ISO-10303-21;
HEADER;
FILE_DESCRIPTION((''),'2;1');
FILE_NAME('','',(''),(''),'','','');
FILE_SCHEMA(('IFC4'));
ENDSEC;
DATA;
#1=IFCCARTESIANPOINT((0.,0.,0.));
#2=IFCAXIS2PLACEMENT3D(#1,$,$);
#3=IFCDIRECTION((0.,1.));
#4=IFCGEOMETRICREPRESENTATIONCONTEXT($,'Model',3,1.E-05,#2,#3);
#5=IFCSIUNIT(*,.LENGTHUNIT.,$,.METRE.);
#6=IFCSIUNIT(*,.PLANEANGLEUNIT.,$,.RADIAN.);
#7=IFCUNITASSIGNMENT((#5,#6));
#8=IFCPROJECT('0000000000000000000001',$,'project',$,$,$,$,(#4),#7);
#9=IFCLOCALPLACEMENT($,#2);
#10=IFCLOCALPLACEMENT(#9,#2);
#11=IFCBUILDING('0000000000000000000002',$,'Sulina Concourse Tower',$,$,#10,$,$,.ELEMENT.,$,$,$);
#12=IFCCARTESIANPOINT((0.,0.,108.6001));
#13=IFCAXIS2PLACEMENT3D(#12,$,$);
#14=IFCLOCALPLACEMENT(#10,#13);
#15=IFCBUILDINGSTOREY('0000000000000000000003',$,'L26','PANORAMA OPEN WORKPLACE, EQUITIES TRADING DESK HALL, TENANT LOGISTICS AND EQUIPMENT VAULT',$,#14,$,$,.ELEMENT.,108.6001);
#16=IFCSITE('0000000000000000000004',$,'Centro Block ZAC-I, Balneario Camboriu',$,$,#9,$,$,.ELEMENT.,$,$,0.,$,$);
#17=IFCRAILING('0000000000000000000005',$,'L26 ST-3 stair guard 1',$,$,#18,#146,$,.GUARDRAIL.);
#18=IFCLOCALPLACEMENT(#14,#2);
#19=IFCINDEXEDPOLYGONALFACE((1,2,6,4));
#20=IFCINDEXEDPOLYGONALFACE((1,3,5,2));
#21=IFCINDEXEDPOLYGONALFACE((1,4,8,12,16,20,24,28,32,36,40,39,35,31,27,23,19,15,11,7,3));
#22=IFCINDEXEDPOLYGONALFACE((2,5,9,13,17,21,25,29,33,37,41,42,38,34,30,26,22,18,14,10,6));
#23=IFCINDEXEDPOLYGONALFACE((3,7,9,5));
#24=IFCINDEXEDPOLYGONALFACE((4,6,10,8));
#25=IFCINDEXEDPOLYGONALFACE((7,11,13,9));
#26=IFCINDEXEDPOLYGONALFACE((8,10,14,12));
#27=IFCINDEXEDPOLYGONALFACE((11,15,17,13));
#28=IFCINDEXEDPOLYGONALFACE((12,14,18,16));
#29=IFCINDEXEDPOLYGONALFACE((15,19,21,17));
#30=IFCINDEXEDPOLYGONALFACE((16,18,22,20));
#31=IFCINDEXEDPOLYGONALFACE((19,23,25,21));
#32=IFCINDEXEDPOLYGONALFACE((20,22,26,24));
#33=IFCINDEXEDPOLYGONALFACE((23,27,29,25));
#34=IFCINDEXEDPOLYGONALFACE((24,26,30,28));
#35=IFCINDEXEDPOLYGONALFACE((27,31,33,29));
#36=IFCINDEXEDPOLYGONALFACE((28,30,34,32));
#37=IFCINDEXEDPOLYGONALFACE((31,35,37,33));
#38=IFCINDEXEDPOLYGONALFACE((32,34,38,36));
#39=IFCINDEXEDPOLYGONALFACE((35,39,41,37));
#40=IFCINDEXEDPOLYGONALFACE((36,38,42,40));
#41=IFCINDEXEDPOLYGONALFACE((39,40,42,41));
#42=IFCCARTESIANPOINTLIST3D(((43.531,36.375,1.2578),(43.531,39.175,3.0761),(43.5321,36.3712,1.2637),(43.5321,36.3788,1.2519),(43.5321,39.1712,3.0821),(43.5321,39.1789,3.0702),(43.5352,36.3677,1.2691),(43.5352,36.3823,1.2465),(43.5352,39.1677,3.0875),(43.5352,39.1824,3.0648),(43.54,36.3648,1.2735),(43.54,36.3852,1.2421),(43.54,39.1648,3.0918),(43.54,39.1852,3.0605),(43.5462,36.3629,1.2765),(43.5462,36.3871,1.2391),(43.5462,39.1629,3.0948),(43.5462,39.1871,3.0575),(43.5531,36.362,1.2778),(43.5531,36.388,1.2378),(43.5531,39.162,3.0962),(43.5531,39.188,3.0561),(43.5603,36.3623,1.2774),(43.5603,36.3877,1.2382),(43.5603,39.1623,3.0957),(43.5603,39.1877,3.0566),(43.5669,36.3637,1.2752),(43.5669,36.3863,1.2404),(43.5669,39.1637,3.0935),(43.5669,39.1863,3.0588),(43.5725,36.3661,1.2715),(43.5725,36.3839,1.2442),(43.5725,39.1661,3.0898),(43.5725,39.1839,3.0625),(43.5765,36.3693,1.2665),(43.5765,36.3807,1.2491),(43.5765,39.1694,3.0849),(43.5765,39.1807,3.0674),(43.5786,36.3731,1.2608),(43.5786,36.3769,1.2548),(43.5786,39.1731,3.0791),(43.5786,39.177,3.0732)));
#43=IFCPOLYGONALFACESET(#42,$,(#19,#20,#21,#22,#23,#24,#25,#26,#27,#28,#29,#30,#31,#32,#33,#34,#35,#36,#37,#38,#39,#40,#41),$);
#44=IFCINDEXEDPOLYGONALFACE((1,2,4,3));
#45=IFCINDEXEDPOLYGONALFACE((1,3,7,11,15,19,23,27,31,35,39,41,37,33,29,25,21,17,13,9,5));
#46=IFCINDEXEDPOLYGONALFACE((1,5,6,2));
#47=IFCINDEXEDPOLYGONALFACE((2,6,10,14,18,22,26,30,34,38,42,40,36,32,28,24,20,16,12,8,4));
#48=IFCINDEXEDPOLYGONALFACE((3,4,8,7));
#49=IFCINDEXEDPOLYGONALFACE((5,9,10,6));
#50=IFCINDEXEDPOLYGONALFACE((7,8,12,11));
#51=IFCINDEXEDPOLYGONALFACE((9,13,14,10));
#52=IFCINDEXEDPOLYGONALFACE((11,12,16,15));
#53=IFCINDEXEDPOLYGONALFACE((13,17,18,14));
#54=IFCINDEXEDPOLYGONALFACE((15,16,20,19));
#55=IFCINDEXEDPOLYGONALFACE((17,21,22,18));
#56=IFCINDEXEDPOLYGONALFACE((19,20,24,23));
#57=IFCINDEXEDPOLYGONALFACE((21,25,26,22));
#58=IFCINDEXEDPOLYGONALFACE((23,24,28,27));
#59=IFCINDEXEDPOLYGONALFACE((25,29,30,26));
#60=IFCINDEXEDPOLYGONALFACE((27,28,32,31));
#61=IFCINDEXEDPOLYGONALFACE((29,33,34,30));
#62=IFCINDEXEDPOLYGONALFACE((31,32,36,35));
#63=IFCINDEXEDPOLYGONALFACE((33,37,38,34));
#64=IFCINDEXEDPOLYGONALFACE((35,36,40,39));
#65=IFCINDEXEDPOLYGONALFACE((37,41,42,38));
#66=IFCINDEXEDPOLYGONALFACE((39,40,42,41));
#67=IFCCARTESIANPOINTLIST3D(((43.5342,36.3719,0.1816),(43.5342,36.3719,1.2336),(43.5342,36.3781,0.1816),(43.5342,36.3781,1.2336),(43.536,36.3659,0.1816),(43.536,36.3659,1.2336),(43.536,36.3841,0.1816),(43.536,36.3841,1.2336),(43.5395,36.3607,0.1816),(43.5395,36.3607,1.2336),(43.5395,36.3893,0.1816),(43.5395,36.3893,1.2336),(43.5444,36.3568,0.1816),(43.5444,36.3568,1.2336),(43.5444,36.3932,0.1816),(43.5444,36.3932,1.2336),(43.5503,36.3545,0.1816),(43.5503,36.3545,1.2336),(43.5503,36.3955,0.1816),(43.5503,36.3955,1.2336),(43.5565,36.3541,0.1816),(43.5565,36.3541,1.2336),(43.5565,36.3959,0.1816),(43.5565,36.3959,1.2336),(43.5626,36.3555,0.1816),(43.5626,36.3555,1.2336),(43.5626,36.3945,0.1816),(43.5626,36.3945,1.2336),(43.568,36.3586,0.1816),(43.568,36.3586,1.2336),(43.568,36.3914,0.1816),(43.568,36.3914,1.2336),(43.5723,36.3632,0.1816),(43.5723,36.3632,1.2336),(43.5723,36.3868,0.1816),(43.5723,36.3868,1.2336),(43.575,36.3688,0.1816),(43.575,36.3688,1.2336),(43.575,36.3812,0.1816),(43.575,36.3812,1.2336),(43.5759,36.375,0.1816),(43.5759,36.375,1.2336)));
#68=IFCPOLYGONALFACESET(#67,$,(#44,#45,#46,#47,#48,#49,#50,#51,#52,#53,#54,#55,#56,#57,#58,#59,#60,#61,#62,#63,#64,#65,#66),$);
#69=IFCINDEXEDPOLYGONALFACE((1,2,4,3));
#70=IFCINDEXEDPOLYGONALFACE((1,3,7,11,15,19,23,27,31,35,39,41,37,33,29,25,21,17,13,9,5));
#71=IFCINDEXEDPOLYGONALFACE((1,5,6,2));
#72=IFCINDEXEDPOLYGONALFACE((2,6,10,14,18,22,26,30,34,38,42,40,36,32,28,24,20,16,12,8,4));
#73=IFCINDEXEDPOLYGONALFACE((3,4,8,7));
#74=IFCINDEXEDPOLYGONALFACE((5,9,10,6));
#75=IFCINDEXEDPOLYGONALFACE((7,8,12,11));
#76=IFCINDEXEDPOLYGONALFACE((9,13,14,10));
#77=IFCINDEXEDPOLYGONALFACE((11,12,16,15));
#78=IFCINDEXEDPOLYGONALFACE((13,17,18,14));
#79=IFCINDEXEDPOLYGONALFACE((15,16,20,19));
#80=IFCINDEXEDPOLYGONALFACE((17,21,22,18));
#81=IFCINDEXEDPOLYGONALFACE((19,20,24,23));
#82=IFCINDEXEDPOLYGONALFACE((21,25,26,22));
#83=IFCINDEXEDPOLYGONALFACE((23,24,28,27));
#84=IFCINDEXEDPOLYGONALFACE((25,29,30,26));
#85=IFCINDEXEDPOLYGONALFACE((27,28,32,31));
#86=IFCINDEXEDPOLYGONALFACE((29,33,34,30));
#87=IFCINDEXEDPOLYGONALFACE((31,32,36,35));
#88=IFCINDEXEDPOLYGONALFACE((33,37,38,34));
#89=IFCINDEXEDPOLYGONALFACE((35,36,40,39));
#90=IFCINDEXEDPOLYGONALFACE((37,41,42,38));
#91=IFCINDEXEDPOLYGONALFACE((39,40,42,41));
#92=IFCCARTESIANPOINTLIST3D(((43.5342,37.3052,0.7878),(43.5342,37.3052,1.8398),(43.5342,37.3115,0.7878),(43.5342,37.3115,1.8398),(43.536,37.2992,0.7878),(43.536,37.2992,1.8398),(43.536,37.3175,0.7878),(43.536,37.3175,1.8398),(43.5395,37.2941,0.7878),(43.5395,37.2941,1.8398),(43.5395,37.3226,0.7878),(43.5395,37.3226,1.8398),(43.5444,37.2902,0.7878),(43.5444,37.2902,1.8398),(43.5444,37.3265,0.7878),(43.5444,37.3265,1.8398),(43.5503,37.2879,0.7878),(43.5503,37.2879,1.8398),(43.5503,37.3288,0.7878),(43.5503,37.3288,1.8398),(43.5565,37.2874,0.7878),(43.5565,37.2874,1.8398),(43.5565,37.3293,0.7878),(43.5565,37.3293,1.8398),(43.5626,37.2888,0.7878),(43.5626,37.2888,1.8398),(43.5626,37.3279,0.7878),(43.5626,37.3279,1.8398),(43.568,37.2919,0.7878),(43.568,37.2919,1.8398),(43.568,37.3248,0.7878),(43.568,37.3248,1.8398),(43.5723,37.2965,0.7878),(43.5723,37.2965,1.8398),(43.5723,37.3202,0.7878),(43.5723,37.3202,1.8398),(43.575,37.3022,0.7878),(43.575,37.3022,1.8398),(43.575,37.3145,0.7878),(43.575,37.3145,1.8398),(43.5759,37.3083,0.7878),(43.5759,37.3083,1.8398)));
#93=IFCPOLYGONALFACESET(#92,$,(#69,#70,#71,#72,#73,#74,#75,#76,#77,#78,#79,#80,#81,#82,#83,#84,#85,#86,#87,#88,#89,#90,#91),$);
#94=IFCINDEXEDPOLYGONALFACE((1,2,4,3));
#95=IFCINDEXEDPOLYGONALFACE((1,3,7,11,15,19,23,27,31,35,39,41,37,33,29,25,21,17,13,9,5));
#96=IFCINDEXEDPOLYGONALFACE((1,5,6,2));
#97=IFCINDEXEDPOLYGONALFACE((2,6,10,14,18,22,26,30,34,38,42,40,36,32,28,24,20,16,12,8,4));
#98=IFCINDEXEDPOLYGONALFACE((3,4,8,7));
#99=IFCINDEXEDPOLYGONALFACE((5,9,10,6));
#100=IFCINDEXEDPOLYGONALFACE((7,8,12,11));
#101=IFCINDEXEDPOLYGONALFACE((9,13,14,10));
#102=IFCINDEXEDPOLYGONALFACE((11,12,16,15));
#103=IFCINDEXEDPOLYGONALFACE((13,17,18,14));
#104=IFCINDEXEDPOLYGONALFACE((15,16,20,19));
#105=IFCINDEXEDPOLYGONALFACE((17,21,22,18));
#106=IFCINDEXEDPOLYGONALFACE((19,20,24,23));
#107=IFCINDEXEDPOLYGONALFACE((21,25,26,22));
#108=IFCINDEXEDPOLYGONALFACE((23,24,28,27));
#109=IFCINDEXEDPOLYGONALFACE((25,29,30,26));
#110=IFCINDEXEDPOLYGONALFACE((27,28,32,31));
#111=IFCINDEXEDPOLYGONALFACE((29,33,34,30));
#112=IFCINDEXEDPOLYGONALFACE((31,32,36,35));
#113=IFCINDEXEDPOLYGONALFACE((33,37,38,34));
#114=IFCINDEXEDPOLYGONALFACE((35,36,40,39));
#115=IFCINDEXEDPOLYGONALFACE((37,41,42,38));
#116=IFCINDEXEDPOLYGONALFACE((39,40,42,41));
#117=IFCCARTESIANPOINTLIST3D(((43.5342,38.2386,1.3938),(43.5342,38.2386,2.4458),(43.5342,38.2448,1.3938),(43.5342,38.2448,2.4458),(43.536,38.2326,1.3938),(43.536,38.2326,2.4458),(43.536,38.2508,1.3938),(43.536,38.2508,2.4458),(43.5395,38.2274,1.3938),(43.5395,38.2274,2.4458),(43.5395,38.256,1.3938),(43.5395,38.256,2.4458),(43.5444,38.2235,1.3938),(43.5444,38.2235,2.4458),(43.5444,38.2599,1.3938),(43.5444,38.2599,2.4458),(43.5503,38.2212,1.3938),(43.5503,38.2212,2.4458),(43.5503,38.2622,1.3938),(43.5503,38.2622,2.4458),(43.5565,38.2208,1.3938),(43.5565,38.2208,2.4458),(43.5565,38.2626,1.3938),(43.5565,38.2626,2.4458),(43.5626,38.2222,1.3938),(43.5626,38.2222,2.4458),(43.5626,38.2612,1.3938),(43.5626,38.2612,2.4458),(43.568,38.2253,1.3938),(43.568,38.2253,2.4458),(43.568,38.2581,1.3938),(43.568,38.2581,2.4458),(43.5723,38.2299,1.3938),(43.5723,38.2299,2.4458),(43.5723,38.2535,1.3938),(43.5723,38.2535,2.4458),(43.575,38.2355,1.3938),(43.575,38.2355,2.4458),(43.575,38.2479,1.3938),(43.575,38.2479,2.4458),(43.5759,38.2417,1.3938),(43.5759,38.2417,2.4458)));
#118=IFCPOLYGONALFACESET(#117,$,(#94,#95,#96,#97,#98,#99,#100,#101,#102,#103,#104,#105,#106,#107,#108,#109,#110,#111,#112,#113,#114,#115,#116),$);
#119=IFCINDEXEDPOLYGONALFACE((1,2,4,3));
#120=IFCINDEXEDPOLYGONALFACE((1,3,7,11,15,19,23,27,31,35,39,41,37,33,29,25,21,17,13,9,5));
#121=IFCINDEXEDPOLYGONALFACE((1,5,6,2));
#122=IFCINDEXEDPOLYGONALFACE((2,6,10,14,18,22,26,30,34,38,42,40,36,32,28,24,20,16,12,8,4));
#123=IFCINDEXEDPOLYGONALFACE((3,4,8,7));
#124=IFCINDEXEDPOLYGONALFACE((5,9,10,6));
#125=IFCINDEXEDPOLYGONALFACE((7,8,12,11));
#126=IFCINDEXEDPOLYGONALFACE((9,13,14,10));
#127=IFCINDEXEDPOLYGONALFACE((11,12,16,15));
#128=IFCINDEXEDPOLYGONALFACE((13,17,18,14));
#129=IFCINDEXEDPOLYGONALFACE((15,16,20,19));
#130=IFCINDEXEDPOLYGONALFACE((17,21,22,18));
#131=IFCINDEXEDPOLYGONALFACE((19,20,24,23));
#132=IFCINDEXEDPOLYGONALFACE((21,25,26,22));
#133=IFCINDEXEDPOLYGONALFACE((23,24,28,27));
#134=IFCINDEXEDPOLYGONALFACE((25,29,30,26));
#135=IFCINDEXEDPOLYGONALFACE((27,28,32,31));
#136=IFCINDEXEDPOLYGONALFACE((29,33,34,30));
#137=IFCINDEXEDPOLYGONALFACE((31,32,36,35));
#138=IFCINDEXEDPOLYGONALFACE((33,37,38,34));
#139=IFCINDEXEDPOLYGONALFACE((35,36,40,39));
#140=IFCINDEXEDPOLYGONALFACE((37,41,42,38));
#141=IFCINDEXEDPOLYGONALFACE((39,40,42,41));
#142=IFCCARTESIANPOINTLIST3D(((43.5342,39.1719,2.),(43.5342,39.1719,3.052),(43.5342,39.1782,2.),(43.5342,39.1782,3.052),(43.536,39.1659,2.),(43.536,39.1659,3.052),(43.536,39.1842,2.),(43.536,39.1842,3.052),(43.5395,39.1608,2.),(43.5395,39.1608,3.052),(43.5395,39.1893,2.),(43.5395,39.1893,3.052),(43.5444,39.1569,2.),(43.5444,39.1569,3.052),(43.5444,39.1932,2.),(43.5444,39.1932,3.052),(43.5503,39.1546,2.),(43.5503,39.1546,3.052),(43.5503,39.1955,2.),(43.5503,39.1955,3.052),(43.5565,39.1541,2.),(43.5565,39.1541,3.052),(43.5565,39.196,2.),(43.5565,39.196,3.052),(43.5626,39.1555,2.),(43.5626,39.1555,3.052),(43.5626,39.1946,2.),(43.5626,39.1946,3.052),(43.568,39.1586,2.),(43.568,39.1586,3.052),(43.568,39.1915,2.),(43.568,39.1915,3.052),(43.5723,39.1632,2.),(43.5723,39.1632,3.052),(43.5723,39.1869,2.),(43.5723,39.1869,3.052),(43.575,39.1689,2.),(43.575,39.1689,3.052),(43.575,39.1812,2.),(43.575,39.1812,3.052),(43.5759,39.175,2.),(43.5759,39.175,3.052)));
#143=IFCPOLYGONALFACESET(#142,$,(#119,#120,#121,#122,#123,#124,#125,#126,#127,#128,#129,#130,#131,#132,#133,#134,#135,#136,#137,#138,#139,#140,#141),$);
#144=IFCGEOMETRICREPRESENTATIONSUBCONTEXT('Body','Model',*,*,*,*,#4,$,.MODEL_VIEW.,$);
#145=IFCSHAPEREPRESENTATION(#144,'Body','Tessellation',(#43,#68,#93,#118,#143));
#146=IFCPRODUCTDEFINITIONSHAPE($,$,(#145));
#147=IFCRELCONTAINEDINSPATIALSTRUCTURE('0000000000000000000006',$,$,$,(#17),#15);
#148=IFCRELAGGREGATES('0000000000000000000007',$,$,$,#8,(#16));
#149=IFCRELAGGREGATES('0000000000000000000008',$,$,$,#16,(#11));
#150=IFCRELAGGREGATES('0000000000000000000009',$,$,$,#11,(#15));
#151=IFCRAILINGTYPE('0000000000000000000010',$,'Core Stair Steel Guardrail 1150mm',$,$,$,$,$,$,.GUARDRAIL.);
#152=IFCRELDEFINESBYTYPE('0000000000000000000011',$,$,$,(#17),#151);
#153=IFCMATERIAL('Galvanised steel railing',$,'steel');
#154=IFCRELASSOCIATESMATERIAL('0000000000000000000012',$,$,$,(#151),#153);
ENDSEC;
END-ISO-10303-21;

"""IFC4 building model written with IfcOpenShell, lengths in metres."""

from ifc_helpers import new_model, si_unit, direction, frame, origin, origin_2d, place, context, subcontext, project, spatial, circle, extrude, material, type_object, element, save


model = new_model("IFC4")

# Units and contexts
model_context = context("Model", 3, precision=1e-05, world=origin(), true_north=direction((0.0, 1.0)))
body_context = subcontext(model_context, "Body", "Model", "MODEL_VIEW")
ifc_project = project(units=[si_unit("LENGTHUNIT", "METRE"), si_unit("PLANEANGLEUNIT", "RADIAN")], contexts=[model_context])

# Site, building, storey
site_placement = place(None, origin())
site = spatial("IfcSite", under=ifc_project, at=site_placement, Name="Centro Block ZAC-I, Balneario Camboriu", CompositionType="ELEMENT", RefElevation=0.0)
building_placement = place(site_placement, origin())
building = spatial("IfcBuilding", under=site, at=building_placement, Name="Sulina Concourse Tower", CompositionType="ELEMENT")
storey_placement = place(building_placement, frame((0.0, 0.0, 108.6001)))
storey = spatial("IfcBuildingStorey", under=building, at=storey_placement, Name="L26", Description="PANORAMA OPEN WORKPLACE, EQUITIES TRADING DESK HALL, TENANT LOGISTICS AND EQUIPMENT VAULT", CompositionType="ELEMENT", Elevation=108.6001)

# Railing
ifc_material_1 = material(Name="Galvanised steel railing", Category="steel")
railing_type_1 = type_object("IfcRailingType", Name="Core Stair Steel Guardrail 1150mm", PredefinedType="GUARDRAIL", material=ifc_material_1)
railing_1_placement = place(storey_placement, frame((43.5549, 36.375, 0.1816)))
element("IfcRailing", 1, at=railing_1_placement, inside=storey, type_object=railing_type_1, Name="L26 ST-3 stair guard 1", PredefinedType="GUARDRAIL", context=body_context, shape_type="SweptSolid", body=[
    extrude(circle(Radius=0.0239, at=origin_2d()), frame((0.0, 0.0, 1.0762), z_axis=(0.0, 0.838672, 0.544636), x_axis=(-1.0, 0.0, 0.0)), (0.0, 0.0, 1.0), 3.3386),
    extrude(circle(Radius=0.021, at=origin_2d()), origin(), (0.0, 0.0, 1.0), 1.052),
    extrude(circle(Radius=0.021, at=origin_2d()), frame((0.0, 0.9333, 0.6062)), (0.0, 0.0, 1.0), 1.052),
    extrude(circle(Radius=0.021, at=origin_2d()), frame((0.0, 1.8667, 1.2122)), (0.0, 0.0, 1.0), 1.052),
    extrude(circle(Radius=0.021, at=origin_2d()), frame((0.0, 2.8, 1.8184)), (0.0, 0.0, 1.0), 1.052),
])

save(model, "model.ifc")
